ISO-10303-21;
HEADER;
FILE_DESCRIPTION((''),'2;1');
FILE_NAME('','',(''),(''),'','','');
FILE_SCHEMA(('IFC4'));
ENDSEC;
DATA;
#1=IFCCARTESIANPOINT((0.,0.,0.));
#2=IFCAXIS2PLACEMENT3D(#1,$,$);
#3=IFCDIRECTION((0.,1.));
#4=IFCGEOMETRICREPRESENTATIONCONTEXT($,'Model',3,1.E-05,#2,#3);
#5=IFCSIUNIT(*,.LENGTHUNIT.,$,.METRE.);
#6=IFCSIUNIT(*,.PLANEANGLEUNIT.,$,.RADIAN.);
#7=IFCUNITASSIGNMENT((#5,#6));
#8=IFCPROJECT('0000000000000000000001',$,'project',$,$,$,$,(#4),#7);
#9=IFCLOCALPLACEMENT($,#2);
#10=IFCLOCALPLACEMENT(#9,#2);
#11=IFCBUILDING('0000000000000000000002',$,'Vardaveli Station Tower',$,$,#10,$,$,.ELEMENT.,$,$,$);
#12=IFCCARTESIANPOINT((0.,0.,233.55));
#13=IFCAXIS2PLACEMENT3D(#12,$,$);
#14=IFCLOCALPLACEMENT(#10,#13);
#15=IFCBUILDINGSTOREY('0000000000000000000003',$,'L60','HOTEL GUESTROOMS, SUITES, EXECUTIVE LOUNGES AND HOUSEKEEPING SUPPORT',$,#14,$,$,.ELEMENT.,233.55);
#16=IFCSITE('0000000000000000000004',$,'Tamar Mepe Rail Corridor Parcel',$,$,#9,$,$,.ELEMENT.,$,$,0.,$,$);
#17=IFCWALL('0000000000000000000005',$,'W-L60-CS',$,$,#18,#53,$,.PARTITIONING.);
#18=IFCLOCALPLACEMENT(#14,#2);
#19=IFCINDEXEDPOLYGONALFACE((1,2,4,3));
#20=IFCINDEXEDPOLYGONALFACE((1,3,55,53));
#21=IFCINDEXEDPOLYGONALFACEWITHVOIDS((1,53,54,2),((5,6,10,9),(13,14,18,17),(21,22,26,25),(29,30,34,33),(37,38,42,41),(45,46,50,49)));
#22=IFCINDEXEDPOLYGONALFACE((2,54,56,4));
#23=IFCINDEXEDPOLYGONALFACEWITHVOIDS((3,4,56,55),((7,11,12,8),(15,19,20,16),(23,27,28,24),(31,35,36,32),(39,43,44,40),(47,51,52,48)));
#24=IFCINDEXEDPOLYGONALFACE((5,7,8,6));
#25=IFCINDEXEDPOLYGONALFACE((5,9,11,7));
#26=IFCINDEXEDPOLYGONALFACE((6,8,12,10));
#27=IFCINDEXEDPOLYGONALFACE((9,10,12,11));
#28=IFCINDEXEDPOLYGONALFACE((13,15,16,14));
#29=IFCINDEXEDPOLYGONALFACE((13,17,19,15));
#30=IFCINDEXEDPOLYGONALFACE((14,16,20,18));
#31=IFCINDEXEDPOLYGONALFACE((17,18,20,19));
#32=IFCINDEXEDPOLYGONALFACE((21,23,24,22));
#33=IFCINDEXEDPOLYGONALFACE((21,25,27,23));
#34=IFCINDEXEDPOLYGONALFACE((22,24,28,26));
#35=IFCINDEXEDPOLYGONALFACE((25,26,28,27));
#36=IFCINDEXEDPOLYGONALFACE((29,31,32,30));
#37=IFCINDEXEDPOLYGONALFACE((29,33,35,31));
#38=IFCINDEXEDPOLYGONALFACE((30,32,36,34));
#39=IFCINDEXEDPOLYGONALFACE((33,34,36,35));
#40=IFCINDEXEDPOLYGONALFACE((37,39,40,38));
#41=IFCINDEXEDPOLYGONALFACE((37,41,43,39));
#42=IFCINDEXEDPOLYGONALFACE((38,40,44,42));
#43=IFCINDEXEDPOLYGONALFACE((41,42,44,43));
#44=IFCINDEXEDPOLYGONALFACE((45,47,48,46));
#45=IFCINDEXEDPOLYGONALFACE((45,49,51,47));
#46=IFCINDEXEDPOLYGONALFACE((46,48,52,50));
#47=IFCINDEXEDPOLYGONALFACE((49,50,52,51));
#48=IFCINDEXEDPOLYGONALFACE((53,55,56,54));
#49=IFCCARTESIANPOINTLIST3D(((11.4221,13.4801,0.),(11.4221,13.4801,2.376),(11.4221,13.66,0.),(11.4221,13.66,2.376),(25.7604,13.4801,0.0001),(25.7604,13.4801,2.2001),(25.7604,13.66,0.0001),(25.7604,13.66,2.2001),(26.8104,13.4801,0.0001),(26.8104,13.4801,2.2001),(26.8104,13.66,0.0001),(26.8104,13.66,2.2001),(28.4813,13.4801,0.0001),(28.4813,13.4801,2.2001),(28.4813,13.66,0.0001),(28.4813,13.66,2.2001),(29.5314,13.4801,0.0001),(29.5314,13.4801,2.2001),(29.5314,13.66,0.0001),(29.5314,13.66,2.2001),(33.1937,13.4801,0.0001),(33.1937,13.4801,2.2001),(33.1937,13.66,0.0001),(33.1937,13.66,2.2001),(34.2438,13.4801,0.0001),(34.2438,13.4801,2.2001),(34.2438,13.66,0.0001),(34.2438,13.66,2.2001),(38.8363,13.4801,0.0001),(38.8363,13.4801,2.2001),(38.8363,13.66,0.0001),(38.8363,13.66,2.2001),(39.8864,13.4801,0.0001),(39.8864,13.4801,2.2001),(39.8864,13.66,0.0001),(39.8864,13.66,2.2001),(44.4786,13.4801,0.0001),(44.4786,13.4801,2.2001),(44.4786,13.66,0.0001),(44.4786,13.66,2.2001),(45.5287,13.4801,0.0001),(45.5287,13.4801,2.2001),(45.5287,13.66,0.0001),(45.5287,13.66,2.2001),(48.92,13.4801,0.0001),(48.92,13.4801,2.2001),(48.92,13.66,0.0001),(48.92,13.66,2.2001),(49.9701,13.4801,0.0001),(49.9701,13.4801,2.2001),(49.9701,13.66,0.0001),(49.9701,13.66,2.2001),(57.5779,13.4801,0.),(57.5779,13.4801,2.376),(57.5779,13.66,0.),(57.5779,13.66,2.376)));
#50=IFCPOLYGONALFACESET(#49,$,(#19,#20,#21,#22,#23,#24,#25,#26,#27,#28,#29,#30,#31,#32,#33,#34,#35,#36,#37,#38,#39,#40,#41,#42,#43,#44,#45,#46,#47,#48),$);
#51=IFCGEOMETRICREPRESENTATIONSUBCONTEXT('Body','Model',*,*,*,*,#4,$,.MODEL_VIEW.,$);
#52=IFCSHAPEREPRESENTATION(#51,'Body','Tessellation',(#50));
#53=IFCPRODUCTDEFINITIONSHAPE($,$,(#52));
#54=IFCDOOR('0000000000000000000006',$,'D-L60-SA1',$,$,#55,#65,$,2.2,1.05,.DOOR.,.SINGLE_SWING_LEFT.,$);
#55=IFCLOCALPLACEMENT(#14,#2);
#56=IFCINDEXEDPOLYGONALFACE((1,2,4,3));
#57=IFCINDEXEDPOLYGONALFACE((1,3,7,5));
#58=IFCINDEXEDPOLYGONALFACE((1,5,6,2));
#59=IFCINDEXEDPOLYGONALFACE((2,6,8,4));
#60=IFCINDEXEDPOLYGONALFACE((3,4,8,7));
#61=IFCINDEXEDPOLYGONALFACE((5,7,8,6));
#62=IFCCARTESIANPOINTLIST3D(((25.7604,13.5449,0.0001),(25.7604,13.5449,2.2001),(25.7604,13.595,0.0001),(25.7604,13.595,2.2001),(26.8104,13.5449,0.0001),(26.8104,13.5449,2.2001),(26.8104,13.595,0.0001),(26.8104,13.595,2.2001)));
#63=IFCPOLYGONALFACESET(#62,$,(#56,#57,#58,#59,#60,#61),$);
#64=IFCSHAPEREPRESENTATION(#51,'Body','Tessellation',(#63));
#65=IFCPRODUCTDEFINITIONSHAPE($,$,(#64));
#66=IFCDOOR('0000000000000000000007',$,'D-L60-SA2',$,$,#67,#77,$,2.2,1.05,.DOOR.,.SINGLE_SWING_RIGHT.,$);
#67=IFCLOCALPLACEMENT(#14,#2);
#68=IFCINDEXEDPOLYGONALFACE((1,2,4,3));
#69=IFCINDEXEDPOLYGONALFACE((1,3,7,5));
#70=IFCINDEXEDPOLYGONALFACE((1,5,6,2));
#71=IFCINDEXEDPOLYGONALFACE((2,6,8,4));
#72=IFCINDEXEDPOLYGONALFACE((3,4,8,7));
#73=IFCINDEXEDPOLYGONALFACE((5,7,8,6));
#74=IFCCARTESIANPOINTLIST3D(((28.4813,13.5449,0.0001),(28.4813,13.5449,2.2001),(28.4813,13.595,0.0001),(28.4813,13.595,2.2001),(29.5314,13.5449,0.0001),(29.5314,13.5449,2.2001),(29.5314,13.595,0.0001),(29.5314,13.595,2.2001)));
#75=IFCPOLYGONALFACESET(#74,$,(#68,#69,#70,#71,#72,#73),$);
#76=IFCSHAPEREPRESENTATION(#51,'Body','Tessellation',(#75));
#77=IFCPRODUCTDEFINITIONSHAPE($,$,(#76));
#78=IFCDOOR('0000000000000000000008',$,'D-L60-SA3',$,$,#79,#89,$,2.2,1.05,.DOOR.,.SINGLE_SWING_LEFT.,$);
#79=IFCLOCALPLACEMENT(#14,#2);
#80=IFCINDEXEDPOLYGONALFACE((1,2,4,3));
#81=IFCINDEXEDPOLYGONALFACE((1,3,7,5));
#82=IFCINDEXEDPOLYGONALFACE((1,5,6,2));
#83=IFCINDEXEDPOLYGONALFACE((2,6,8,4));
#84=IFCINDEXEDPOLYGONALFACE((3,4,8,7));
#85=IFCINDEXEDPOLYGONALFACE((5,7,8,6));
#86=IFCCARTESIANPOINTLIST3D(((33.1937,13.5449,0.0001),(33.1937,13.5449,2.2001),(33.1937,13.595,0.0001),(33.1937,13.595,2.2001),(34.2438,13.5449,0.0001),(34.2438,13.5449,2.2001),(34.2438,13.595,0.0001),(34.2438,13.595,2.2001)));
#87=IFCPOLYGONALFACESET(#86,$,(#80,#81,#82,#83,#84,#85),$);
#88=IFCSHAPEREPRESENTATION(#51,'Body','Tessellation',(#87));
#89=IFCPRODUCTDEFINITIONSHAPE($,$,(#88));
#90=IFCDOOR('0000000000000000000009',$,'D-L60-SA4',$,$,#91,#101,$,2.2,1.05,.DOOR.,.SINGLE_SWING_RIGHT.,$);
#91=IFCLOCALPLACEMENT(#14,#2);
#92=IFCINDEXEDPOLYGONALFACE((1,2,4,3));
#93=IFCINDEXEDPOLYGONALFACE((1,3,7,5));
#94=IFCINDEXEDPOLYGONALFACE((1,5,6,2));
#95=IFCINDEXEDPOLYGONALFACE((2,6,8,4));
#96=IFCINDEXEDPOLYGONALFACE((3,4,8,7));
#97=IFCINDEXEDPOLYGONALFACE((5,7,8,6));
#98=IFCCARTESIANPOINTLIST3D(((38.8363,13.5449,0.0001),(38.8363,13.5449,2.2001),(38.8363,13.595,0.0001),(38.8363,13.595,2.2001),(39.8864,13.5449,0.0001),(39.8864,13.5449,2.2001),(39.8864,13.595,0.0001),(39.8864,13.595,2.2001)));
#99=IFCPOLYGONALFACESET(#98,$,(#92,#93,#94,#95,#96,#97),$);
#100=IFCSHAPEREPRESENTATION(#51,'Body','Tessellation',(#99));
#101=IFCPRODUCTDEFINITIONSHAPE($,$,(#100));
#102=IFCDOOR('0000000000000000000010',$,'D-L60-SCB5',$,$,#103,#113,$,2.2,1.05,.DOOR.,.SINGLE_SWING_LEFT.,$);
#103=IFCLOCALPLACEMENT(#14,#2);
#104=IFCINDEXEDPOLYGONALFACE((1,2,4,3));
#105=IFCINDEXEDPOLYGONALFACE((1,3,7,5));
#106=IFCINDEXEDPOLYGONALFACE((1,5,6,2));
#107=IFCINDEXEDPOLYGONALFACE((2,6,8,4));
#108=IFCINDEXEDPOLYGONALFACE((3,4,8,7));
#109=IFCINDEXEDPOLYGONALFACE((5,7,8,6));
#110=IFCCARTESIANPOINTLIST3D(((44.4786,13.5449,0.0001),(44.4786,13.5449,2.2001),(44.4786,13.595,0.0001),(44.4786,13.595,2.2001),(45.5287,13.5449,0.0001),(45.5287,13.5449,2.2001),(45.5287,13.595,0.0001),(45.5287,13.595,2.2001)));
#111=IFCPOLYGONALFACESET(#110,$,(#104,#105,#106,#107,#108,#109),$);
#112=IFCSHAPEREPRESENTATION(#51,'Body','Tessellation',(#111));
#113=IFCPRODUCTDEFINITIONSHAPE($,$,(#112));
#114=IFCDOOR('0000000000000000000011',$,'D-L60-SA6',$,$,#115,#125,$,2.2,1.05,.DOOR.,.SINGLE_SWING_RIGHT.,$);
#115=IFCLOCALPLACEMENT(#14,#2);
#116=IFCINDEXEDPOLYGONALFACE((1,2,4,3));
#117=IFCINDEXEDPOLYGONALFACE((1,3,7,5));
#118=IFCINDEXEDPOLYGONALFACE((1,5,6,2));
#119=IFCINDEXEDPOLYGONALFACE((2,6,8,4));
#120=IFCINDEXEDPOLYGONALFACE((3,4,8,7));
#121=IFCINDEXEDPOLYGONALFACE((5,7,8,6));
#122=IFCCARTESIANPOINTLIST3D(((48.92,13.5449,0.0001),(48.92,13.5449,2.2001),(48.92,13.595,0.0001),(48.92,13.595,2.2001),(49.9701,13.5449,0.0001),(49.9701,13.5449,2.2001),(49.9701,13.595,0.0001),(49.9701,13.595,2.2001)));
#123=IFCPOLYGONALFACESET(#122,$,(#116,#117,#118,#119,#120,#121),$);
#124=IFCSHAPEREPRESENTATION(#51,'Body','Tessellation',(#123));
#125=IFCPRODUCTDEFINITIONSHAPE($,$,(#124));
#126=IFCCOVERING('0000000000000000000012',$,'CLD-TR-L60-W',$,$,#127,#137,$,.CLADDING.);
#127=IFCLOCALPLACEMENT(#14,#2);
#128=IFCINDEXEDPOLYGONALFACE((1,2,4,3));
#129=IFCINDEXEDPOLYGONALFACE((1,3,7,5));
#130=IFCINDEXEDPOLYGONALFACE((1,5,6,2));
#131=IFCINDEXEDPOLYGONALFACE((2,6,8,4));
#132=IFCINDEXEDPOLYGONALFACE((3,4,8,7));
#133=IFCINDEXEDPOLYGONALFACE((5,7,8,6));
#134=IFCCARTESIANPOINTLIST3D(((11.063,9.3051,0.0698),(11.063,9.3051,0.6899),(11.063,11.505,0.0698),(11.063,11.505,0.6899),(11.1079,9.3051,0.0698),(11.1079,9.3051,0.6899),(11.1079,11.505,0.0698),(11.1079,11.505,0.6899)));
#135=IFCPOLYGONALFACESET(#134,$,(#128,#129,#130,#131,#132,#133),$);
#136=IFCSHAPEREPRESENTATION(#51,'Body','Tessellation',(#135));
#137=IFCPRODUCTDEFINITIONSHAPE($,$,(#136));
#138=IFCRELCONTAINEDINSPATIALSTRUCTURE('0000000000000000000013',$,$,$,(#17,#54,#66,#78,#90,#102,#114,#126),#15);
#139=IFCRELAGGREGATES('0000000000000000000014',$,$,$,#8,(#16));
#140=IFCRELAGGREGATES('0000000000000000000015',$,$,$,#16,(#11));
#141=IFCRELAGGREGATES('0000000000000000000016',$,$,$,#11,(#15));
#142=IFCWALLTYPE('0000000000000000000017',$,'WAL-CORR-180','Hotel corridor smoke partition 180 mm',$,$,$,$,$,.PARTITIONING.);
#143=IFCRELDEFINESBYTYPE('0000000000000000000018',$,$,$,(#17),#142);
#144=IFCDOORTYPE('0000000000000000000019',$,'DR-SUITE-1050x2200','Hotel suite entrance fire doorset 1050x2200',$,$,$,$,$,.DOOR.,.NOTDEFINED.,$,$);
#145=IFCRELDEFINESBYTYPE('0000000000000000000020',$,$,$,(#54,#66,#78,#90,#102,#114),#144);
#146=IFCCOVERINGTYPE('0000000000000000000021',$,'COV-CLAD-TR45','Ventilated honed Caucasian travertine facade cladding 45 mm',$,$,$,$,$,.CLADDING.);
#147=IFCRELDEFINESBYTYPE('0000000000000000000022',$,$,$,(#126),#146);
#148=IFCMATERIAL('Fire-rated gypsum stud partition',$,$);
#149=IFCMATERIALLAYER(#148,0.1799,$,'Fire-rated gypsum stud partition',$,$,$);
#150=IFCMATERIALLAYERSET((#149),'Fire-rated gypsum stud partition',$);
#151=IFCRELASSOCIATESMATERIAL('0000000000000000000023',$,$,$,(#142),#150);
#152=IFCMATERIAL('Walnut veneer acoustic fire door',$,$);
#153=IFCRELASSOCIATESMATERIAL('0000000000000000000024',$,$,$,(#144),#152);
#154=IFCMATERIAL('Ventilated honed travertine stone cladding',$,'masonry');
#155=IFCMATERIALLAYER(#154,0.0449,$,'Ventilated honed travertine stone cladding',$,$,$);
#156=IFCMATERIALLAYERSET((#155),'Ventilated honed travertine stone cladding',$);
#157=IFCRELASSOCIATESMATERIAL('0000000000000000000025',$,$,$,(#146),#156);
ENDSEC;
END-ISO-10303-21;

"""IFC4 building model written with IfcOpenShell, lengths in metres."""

from ifc_helpers import new_model, si_unit, direction, frame, frame_2d, origin, origin_2d, place, context, subcontext, project, spatial, rectangle, extrude, source, transform, mapped, material, layer, layer_set, type_object, element, fill, save


model = new_model("IFC4")

# Units and contexts
model_context = context("Model", 3, precision=1e-05, world=origin(), true_north=direction((0.0, 1.0)))
body_context = subcontext(model_context, "Body", "Model", "MODEL_VIEW")
ifc_project = project(units=[si_unit("LENGTHUNIT", "METRE"), si_unit("PLANEANGLEUNIT", "RADIAN")], contexts=[model_context])

# Site, building, storey
site_placement = place(None, origin())
site = spatial("IfcSite", under=ifc_project, at=site_placement, Name="Tamar Mepe Rail Corridor Parcel", CompositionType="ELEMENT", RefElevation=0.0)
building_placement = place(site_placement, origin())
building = spatial("IfcBuilding", under=site, at=building_placement, Name="Vardaveli Station Tower", CompositionType="ELEMENT")
storey_placement = place(building_placement, frame((0.0, 0.0, 233.55)))
storey = spatial("IfcBuildingStorey", under=building, at=storey_placement, Name="L60", Description="HOTEL GUESTROOMS, SUITES, EXECUTIVE LOUNGES AND HOUSEKEEPING SUPPORT", CompositionType="ELEMENT", Elevation=233.55)

# Wall, openings, doors
ifc_material_1 = material(Name="Fire-rated gypsum stud partition")
ifc_layer_1 = layer(ifc_material_1, 0.1799, Name="Fire-rated gypsum stud partition")
ifc_layer_set_1 = layer_set([ifc_layer_1], Name="Fire-rated gypsum stud partition")
wall_type_1 = type_object("IfcWallType", Name="WAL-CORR-180", Description="Hotel corridor smoke partition 180 mm", PredefinedType="PARTITIONING", material=ifc_layer_set_1)
shared_shape_1 = source(origin(), body_context, "Body", "SweptSolid", [
    extrude(rectangle(XDim=46.1558, YDim=0.1799, at=frame_2d((23.0779, 0.0))), origin(), (0.0, 0.0, 1.0), 2.376),
])
wall_1_placement = place(storey_placement, frame((11.4221, 13.5701, 0.0), z_axis=(0.0, 0.0, 1.0), x_axis=(1.0, 0.0, 0.0)))
wall_1 = element("IfcWall", 1, at=wall_1_placement, inside=storey, type_object=wall_type_1, Name="W-L60-CS", PredefinedType="PARTITIONING", context=body_context, shape_type="MappedRepresentation", body=[
    mapped(shared_shape_1, transform((0.0, 0.0, 0.0), scale=1.0)),
])
shared_shape_2 = source(origin(), body_context, "Body", "SweptSolid", [
    extrude(rectangle(XDim=1.05, YDim=2.2, at=frame_2d((0.5249, 1.1001))), frame((0.0, 0.1001, 0.0), z_axis=(0.0, -1.0, 0.0), x_axis=(1.0, 0.0, 0.0)), (0.0, 0.0, 1.0), 0.2),
])
opening_1_placement = place(wall_1_placement, frame((14.3384, 0.0, 0.0)))
opening_1 = element("IfcOpeningElement", 2, at=opening_1_placement, cuts=wall_1, PredefinedType="OPENING", context=body_context, shape_type="MappedRepresentation", body=[
    mapped(shared_shape_2, transform((0.0, 0.0, 0.0), scale=1.0)),
])
opening_2_placement = place(wall_1_placement, frame((17.0593, 0.0, 0.0)))
opening_2 = element("IfcOpeningElement", 3, at=opening_2_placement, cuts=wall_1, PredefinedType="OPENING", context=body_context, shape_type="MappedRepresentation", body=[
    mapped(shared_shape_2, transform((0.0, 0.0, 0.0), scale=1.0)),
])
opening_3_placement = place(wall_1_placement, frame((21.7717, 0.0, 0.0)))
opening_3 = element("IfcOpeningElement", 4, at=opening_3_placement, cuts=wall_1, PredefinedType="OPENING", context=body_context, shape_type="MappedRepresentation", body=[
    mapped(shared_shape_2, transform((0.0, 0.0, 0.0), scale=1.0)),
])
opening_4_placement = place(wall_1_placement, frame((27.4143, 0.0, 0.0)))
opening_4 = element("IfcOpeningElement", 5, at=opening_4_placement, cuts=wall_1, PredefinedType="OPENING", context=body_context, shape_type="MappedRepresentation", body=[
    mapped(shared_shape_2, transform((0.0, 0.0, 0.0), scale=1.0)),
])
opening_5_placement = place(wall_1_placement, frame((33.0566, 0.0, 0.0)))
opening_5 = element("IfcOpeningElement", 6, at=opening_5_placement, cuts=wall_1, PredefinedType="OPENING", context=body_context, shape_type="MappedRepresentation", body=[
    mapped(shared_shape_2, transform((0.0, 0.0, 0.0), scale=1.0)),
])
opening_6_placement = place(wall_1_placement, frame((37.498, 0.0, 0.0)))
opening_6 = element("IfcOpeningElement", 7, at=opening_6_placement, cuts=wall_1, PredefinedType="OPENING", context=body_context, shape_type="MappedRepresentation", body=[
    mapped(shared_shape_2, transform((0.0, 0.0, 0.0), scale=1.0)),
])
ifc_material_2 = material(Name="Walnut veneer acoustic fire door")
door_type = type_object("IfcDoorType", Name="DR-SUITE-1050x2200", Description="Hotel suite entrance fire doorset 1050x2200", OperationType="NOTDEFINED", PredefinedType="DOOR", material=ifc_material_2)
shared_shape_3 = source(origin(), body_context, "Body", "SweptSolid", [
    extrude(rectangle(XDim=1.05, YDim=2.2, at=frame_2d((0.5249, 1.1001))), frame((0.0, 0.0249, 0.0), z_axis=(0.0, -1.0, 0.0), x_axis=(1.0, 0.0, 0.0)), (0.0, 0.0, 1.0), 0.05),
])
door_1_placement = place(opening_1_placement, origin())
door_1 = element("IfcDoor", 8, at=door_1_placement, inside=storey, type_object=door_type, Name="D-L60-SA1", OperationType="SINGLE_SWING_LEFT", OverallHeight=2.2, OverallWidth=1.05, PredefinedType="DOOR", context=body_context, shape_type="MappedRepresentation", body=[
    mapped(shared_shape_3, transform((0.0, 0.0, 0.0), scale=1.0)),
])
fill(opening_1, door_1)
door_2_placement = place(opening_2_placement, origin())
door_2 = element("IfcDoor", 9, at=door_2_placement, inside=storey, type_object=door_type, Name="D-L60-SA2", OperationType="SINGLE_SWING_RIGHT", OverallHeight=2.2, OverallWidth=1.05, PredefinedType="DOOR", context=body_context, shape_type="MappedRepresentation", body=[
    mapped(shared_shape_3, transform((0.0, 0.0, 0.0), scale=1.0)),
])
fill(opening_2, door_2)
door_3_placement = place(opening_3_placement, origin())
door_3 = element("IfcDoor", 10, at=door_3_placement, inside=storey, type_object=door_type, Name="D-L60-SA3", OperationType="SINGLE_SWING_LEFT", OverallHeight=2.2, OverallWidth=1.05, PredefinedType="DOOR", context=body_context, shape_type="MappedRepresentation", body=[
    mapped(shared_shape_3, transform((0.0, 0.0, 0.0), scale=1.0)),
])
fill(opening_3, door_3)
door_4_placement = place(opening_4_placement, origin())
door_4 = element("IfcDoor", 11, at=door_4_placement, inside=storey, type_object=door_type, Name="D-L60-SA4", OperationType="SINGLE_SWING_RIGHT", OverallHeight=2.2, OverallWidth=1.05, PredefinedType="DOOR", context=body_context, shape_type="MappedRepresentation", body=[
    mapped(shared_shape_3, transform((0.0, 0.0, 0.0), scale=1.0)),
])
fill(opening_4, door_4)
door_5_placement = place(opening_5_placement, origin())
door_5 = element("IfcDoor", 12, at=door_5_placement, inside=storey, type_object=door_type, Name="D-L60-SCB5", OperationType="SINGLE_SWING_LEFT", OverallHeight=2.2, OverallWidth=1.05, PredefinedType="DOOR", context=body_context, shape_type="MappedRepresentation", body=[
    mapped(shared_shape_3, transform((0.0, 0.0, 0.0), scale=1.0)),
])
fill(opening_5, door_5)
door_6_placement = place(opening_6_placement, origin())
door_6 = element("IfcDoor", 13, at=door_6_placement, inside=storey, type_object=door_type, Name="D-L60-SA6", OperationType="SINGLE_SWING_RIGHT", OverallHeight=2.2, OverallWidth=1.05, PredefinedType="DOOR", context=body_context, shape_type="MappedRepresentation", body=[
    mapped(shared_shape_3, transform((0.0, 0.0, 0.0), scale=1.0)),
])
fill(opening_6, door_6)

# Covering
ifc_material_3 = material(Name="Ventilated honed travertine stone cladding", Category="masonry")
ifc_layer_2 = layer(ifc_material_3, 0.0449, Name="Ventilated honed travertine stone cladding")
ifc_layer_set_2 = layer_set([ifc_layer_2], Name="Ventilated honed travertine stone cladding")
covering_type = type_object("IfcCoveringType", Name="COV-CLAD-TR45", Description="Ventilated honed Caucasian travertine facade cladding 45 mm", PredefinedType="CLADDING", material=ifc_layer_set_2)
shared_shape_4 = source(origin(), body_context, "Body", "SweptSolid", [
    extrude(rectangle(XDim=2.2, YDim=0.0449, at=origin_2d()), origin(), (0.0, 0.0, 1.0), 0.6201),
])
covering_placement = place(storey_placement, frame((11.0854, 10.405, 0.0698), z_axis=(0.0, 0.0, 1.0), x_axis=(0.0, 1.0, 0.0)))
element("IfcCovering", 14, at=covering_placement, inside=storey, type_object=covering_type, Name="CLD-TR-L60-W", PredefinedType="CLADDING", context=body_context, shape_type="MappedRepresentation", body=[
    mapped(shared_shape_4, transform((0.0, 0.0, 0.0), scale=1.0)),
])

save(model, "model.ifc")
